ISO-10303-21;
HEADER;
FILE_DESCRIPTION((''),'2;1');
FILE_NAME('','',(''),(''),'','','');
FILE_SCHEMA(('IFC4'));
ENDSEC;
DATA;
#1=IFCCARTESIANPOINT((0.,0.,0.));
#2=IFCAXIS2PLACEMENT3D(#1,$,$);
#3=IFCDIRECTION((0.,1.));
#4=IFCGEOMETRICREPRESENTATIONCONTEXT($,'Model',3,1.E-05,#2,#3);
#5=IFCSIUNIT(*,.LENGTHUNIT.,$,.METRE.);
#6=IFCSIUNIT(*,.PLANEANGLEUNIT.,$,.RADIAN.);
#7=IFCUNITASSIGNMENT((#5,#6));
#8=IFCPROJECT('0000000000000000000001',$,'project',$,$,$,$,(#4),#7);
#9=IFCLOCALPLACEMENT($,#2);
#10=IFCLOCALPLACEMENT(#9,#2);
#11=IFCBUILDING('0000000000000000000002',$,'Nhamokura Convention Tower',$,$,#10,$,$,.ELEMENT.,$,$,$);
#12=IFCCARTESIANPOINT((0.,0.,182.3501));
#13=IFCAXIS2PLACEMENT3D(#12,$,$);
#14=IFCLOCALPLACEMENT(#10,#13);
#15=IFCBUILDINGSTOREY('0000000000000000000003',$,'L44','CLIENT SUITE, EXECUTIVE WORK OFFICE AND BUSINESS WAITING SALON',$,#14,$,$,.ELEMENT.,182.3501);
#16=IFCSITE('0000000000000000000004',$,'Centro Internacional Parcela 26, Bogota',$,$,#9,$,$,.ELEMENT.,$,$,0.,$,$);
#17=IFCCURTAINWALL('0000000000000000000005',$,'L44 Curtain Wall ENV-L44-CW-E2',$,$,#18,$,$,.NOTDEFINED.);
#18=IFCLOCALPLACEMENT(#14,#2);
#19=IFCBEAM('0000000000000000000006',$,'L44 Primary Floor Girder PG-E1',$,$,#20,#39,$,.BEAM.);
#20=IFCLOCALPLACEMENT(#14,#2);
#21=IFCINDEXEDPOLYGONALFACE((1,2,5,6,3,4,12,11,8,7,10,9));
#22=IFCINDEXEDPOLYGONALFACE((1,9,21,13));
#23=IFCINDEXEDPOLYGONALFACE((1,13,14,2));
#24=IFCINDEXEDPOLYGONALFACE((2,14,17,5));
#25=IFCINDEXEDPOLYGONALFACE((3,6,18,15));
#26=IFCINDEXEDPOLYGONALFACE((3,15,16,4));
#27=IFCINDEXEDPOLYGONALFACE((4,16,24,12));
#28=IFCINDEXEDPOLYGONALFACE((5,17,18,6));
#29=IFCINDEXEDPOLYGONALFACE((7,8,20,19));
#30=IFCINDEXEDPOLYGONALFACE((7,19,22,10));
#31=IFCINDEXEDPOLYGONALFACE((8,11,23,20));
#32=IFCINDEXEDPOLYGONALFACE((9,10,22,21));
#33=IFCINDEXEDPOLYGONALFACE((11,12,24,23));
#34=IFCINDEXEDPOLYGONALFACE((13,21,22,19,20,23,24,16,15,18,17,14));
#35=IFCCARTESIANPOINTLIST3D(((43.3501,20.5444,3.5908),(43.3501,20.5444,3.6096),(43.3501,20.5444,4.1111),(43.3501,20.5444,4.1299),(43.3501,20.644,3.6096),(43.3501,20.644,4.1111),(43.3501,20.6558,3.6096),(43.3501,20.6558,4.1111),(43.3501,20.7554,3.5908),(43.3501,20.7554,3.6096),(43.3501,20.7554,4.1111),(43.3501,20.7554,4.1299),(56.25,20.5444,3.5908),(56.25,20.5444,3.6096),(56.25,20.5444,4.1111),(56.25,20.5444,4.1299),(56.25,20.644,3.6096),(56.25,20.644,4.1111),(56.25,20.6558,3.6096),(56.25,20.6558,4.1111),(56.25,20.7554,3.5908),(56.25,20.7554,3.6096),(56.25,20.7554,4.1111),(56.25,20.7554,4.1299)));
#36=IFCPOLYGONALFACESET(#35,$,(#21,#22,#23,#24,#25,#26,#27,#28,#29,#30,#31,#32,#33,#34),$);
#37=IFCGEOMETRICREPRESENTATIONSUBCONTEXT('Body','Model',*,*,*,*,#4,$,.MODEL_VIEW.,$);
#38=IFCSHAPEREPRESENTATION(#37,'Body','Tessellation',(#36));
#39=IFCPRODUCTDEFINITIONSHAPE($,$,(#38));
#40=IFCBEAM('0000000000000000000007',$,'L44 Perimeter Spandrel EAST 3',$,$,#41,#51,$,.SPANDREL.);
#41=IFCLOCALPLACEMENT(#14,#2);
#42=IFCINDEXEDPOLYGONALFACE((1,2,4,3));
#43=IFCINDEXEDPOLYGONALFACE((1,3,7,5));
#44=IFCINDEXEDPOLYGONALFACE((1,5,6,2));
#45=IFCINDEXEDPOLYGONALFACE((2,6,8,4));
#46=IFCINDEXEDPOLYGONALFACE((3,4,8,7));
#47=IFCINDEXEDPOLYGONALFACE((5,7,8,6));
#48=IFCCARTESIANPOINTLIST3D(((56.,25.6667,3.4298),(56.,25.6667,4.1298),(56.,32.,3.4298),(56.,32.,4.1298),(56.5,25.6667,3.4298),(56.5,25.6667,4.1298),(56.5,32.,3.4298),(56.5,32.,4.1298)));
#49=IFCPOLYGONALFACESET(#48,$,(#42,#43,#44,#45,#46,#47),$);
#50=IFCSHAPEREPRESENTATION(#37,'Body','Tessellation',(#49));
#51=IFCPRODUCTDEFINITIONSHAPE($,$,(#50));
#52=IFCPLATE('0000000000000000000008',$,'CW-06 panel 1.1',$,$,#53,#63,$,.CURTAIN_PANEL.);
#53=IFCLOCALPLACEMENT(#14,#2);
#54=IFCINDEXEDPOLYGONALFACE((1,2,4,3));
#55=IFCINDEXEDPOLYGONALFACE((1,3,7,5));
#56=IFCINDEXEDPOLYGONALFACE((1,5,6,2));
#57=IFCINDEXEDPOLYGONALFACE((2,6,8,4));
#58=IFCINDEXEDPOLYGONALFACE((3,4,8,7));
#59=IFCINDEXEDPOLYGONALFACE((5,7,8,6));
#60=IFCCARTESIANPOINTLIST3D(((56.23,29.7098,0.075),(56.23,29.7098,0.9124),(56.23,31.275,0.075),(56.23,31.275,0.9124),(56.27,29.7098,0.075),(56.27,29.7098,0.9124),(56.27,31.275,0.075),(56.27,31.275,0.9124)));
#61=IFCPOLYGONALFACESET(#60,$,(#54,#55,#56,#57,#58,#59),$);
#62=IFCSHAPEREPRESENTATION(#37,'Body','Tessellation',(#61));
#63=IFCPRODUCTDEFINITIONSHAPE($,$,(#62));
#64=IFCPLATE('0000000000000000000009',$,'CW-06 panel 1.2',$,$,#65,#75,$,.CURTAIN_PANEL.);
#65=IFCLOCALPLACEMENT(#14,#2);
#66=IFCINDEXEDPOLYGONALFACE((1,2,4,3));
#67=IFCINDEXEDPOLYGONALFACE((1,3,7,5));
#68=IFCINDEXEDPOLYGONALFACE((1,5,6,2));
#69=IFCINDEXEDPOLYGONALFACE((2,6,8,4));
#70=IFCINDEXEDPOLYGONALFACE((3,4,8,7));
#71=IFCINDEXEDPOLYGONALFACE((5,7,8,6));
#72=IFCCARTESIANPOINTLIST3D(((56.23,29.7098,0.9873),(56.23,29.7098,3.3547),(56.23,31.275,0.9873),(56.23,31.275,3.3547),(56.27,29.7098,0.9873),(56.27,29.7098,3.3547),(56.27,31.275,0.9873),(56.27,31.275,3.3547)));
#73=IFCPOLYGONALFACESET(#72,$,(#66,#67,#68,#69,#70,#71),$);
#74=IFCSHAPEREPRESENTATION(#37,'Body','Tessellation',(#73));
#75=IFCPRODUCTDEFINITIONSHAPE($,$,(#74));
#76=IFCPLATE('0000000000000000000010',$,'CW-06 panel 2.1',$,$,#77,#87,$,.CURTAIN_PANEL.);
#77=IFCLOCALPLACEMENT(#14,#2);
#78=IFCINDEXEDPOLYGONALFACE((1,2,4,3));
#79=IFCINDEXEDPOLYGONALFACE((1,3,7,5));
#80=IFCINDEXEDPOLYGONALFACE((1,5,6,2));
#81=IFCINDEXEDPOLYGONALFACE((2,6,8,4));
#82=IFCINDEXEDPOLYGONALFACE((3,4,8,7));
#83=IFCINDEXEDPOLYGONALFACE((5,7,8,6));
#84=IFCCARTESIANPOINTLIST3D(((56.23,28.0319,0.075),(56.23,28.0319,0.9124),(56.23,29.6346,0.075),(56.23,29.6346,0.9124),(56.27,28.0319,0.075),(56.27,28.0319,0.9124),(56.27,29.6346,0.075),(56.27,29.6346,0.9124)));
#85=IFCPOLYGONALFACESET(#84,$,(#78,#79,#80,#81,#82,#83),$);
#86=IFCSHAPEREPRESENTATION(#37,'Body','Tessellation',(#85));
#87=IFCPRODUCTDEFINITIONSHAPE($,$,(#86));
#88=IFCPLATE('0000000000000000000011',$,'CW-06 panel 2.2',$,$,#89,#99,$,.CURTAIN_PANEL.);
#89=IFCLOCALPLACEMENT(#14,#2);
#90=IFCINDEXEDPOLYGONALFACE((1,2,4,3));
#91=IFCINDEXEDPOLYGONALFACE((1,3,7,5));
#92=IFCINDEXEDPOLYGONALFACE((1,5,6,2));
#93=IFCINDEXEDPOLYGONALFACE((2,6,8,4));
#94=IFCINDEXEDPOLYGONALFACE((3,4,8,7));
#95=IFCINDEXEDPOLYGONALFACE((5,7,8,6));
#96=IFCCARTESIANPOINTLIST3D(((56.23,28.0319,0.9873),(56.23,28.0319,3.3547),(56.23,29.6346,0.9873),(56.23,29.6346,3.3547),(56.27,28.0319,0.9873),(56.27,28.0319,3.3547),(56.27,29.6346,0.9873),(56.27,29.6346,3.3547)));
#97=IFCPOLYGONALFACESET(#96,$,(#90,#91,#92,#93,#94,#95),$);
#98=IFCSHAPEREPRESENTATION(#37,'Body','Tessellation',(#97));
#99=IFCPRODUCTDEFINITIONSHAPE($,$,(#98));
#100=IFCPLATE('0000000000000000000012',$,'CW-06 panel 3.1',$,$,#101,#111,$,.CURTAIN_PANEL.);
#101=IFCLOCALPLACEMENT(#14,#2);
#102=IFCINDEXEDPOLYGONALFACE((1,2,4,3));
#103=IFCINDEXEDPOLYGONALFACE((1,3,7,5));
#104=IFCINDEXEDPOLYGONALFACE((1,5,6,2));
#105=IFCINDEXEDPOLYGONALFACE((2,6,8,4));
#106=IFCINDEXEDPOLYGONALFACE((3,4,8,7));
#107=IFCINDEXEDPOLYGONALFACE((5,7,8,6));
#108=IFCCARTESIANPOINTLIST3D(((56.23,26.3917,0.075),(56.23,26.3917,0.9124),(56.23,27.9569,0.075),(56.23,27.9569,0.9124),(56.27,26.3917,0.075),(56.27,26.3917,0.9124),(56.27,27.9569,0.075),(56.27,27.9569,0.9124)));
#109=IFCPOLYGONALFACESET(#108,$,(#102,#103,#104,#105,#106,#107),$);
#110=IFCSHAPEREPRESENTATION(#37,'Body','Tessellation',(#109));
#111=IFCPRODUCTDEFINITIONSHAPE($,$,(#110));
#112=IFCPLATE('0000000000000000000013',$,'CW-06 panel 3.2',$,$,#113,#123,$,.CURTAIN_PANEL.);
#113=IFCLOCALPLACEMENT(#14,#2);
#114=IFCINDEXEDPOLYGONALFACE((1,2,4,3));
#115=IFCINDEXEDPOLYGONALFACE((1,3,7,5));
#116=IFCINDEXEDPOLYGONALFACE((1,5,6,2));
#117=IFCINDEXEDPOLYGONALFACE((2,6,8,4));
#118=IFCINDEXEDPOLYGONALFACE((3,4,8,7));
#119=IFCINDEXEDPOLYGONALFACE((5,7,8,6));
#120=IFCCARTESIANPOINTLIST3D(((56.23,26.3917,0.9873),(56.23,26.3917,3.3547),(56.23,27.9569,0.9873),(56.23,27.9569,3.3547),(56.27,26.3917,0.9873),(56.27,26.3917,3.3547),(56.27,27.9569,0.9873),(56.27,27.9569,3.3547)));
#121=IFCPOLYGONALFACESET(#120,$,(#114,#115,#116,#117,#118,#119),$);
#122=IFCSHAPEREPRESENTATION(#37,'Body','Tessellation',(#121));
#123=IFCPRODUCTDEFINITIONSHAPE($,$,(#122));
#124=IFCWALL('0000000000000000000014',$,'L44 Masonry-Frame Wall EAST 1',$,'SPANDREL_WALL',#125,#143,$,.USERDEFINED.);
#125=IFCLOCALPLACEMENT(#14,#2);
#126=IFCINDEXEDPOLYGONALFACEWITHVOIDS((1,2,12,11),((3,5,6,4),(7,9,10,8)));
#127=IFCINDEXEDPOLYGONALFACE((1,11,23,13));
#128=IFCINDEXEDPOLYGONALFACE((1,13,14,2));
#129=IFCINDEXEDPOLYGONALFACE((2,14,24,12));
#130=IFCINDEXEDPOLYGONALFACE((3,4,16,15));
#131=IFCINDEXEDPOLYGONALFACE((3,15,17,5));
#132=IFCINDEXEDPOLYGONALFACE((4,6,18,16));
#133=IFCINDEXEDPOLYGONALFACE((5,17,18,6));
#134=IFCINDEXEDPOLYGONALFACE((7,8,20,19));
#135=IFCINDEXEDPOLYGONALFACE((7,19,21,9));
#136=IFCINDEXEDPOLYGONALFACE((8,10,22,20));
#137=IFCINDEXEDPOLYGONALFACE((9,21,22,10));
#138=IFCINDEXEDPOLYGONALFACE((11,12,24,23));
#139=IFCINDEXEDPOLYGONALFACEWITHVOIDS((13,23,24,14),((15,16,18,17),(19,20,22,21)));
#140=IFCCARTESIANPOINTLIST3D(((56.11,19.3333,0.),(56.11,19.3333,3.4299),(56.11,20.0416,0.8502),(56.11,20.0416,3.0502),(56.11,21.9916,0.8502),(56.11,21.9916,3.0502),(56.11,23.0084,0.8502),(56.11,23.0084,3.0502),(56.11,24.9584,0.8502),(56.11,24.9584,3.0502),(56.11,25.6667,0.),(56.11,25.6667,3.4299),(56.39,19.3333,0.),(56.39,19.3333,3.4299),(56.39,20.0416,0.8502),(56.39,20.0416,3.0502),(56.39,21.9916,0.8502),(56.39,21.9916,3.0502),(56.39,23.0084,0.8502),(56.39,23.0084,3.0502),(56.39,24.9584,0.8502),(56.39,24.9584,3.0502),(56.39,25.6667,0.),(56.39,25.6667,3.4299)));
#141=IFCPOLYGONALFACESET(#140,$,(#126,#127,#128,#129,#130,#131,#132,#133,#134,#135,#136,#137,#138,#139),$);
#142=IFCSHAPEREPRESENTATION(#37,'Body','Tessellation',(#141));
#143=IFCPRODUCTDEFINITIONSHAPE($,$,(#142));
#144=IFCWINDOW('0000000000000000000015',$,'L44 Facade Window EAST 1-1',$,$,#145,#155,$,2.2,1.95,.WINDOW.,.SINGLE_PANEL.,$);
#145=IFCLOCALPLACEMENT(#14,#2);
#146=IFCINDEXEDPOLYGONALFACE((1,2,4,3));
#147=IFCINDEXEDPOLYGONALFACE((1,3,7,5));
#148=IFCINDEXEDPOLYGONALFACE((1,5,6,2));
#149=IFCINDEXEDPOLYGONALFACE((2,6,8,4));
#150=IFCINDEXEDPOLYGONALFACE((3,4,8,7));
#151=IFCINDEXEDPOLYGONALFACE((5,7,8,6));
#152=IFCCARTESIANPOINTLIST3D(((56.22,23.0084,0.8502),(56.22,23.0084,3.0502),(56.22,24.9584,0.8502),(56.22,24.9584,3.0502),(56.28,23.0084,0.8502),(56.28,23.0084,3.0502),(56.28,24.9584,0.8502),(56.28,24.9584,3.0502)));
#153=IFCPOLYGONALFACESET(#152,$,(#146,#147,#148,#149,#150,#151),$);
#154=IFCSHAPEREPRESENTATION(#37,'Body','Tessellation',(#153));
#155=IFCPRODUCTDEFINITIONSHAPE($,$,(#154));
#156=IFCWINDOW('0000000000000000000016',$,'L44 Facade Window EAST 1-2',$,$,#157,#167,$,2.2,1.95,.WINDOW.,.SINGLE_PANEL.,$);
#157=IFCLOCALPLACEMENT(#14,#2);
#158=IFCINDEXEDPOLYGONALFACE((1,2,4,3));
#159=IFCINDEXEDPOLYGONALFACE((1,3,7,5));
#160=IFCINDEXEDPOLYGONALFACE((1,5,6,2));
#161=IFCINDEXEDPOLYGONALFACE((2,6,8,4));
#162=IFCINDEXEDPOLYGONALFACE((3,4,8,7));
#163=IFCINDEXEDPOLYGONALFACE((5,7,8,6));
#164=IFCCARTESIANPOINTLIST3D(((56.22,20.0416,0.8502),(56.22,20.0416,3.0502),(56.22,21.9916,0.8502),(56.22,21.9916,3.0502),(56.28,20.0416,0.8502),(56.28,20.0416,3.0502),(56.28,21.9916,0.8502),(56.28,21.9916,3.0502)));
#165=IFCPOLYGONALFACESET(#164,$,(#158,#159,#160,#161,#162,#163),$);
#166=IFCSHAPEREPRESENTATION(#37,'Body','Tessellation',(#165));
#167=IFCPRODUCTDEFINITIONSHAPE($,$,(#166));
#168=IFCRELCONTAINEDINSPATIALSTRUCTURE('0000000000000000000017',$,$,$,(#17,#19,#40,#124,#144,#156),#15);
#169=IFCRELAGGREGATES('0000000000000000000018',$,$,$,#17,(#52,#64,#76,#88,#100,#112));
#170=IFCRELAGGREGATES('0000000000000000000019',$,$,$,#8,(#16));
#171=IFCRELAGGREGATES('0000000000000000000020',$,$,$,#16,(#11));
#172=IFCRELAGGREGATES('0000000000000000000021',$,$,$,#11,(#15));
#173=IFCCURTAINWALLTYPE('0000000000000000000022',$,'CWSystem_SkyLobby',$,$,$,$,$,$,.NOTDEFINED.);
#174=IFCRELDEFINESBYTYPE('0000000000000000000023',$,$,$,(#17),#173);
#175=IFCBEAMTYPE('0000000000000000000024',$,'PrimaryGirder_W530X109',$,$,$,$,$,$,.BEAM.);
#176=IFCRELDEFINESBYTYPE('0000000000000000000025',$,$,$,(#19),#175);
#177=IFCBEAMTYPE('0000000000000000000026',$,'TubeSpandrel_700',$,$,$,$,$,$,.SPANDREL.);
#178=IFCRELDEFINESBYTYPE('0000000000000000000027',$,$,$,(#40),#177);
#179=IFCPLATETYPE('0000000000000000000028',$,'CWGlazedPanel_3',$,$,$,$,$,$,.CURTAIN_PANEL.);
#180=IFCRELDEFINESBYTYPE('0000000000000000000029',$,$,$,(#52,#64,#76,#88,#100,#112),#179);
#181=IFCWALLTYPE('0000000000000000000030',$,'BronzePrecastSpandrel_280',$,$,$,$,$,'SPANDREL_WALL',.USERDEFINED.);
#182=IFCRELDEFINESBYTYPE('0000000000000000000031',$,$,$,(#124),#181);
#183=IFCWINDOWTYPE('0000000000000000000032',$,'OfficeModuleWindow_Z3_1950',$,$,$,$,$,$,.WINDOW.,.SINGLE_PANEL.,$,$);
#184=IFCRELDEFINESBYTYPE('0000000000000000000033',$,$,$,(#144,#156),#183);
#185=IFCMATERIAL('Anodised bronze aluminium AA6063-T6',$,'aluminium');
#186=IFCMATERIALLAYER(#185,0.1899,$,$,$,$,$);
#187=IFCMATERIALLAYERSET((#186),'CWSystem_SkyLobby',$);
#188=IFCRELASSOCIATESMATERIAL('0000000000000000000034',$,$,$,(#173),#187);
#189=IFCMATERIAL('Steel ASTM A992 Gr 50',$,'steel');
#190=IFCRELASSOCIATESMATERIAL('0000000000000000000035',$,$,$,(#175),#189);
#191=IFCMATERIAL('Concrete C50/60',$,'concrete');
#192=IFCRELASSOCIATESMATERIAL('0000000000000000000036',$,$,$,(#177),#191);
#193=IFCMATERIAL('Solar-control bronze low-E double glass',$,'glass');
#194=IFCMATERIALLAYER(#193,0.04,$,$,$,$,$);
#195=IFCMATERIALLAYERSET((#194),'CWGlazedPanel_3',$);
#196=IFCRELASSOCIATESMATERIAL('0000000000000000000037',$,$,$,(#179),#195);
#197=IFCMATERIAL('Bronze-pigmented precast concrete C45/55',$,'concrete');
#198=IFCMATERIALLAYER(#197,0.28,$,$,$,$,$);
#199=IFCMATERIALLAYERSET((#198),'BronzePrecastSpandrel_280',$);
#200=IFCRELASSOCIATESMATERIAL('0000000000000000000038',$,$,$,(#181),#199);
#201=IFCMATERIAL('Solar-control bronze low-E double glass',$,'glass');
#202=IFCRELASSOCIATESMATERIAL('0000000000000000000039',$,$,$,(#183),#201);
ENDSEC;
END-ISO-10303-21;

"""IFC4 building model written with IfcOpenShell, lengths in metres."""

from ifc_helpers import new_model, si_unit, direction, frame, frame_2d, origin, origin_2d, place, context, subcontext, project, spatial, rectangle, i_section, extrude, material, layer, layer_set, material_profile, profile_set, type_object, element, fill, aggregate, save


model = new_model("IFC4")

# Units and contexts
model_context = context("Model", 3, precision=1e-05, world=origin(), true_north=direction((0.0, 1.0)))
body_context = subcontext(model_context, "Body", "Model", "MODEL_VIEW")
ifc_project = project(units=[si_unit("LENGTHUNIT", "METRE"), si_unit("PLANEANGLEUNIT", "RADIAN")], contexts=[model_context])

# Site, building, storey
site_placement = place(None, origin())
site = spatial("IfcSite", under=ifc_project, at=site_placement, Name="Centro Internacional Parcela 26, Bogota", CompositionType="ELEMENT", RefElevation=0.0)
building_placement = place(site_placement, origin())
building = spatial("IfcBuilding", under=site, at=building_placement, Name="Nhamokura Convention Tower", CompositionType="ELEMENT")
storey_placement = place(building_placement, frame((0.0, 0.0, 182.3501)))
storey = spatial("IfcBuildingStorey", under=building, at=storey_placement, Name="L44", Description="CLIENT SUITE, EXECUTIVE WORK OFFICE AND BUSINESS WAITING SALON", CompositionType="ELEMENT", Elevation=182.3501)

# Curtain wall
ifc_material_1 = material(Name="Anodised bronze aluminium AA6063-T6", Category="aluminium")
ifc_layer_1 = layer(ifc_material_1, 0.1899)
ifc_layer_set_1 = layer_set([ifc_layer_1], Name="CWSystem_SkyLobby")
curtain_wall_type = type_object("IfcCurtainWallType", Name="CWSystem_SkyLobby", PredefinedType="NOTDEFINED", material=ifc_layer_set_1)
curtain_wall_placement = place(storey_placement, origin())
curtain_wall = element("IfcCurtainWall", 1, at=curtain_wall_placement, inside=storey, type_object=curtain_wall_type, Name="L44 Curtain Wall ENV-L44-CW-E2", PredefinedType="NOTDEFINED")

# Beams
ifc_material_2 = material(Name="Steel ASTM A992 Gr 50", Category="steel")
ifc_material_profile_1 = material_profile(ifc_material_2, i_section(OverallWidth=0.2109, OverallDepth=0.5391, WebThickness=0.0117, FlangeThickness=0.0188, at=origin_2d()))
ifc_profile_set_1 = profile_set([ifc_material_profile_1], Name="Steel ASTM A992 Gr 50")
beam_type_1 = type_object("IfcBeamType", Name="PrimaryGirder_W530X109", PredefinedType="BEAM", material=ifc_profile_set_1)
beam_1_placement = place(storey_placement, frame((43.3501, 20.6499, 3.8604), z_axis=(1.0, 0.0, 0.0), x_axis=(0.0, 1.0, 0.0)))
element("IfcBeam", 2, at=beam_1_placement, inside=storey, type_object=beam_type_1, Name="L44 Primary Floor Girder PG-E1", PredefinedType="BEAM", context=body_context, shape_type="SweptSolid", body=[
    extrude(i_section(OverallWidth=0.2109, OverallDepth=0.5391, WebThickness=0.0117, FlangeThickness=0.0188, at=origin_2d()), origin(), (0.0, 0.0, 1.0), 12.8999),
])
ifc_material_3 = material(Name="Concrete C50/60", Category="concrete")
ifc_material_profile_2 = material_profile(ifc_material_3, rectangle(XDim=0.5, YDim=0.7, at=origin_2d()))
ifc_profile_set_2 = profile_set([ifc_material_profile_2], Name="Concrete C50/60")
beam_type_2 = type_object("IfcBeamType", Name="TubeSpandrel_700", PredefinedType="SPANDREL", material=ifc_profile_set_2)
beam_2_placement = place(storey_placement, frame((56.25, 25.6667, 3.7798), z_axis=(0.0, 1.0, 0.0), x_axis=(-1.0, 0.0, 0.0)))
element("IfcBeam", 3, at=beam_2_placement, inside=storey, type_object=beam_type_2, Name="L44 Perimeter Spandrel EAST 3", PredefinedType="SPANDREL", context=body_context, shape_type="SweptSolid", body=[
    extrude(rectangle(XDim=0.5, YDim=0.7, at=origin_2d()), origin(), (0.0, 0.0, 1.0), 6.3333),
])

# Plates
ifc_material_4 = material(Name="Solar-control bronze low-E double glass", Category="glass")
ifc_layer_2 = layer(ifc_material_4, 0.04)
ifc_layer_set_2 = layer_set([ifc_layer_2], Name="CWGlazedPanel_3")
plate_type = type_object("IfcPlateType", Name="CWGlazedPanel_3", PredefinedType="CURTAIN_PANEL", material=ifc_layer_set_2)
plate_1_placement = place(storey_placement, frame((56.25, 30.4924, 0.075), z_axis=(0.0, 0.0, 1.0), x_axis=(0.0, -1.0, 0.0)))
plate_1 = element("IfcPlate", 4, at=plate_1_placement, type_object=plate_type, Name="CW-06 panel 1.1", PredefinedType="CURTAIN_PANEL", context=body_context, shape_type="SweptSolid", body=[
    extrude(rectangle(XDim=1.5652, YDim=0.04, at=origin_2d()), origin(), (0.0, 0.0, 1.0), 0.8374),
])
plate_2_placement = place(storey_placement, frame((56.25, 30.4924, 0.9873), z_axis=(0.0, 0.0, 1.0), x_axis=(0.0, -1.0, 0.0)))
plate_2 = element("IfcPlate", 5, at=plate_2_placement, type_object=plate_type, Name="CW-06 panel 1.2", PredefinedType="CURTAIN_PANEL", context=body_context, shape_type="SweptSolid", body=[
    extrude(rectangle(XDim=1.5652, YDim=0.04, at=origin_2d()), origin(), (0.0, 0.0, 1.0), 2.3674),
])
plate_3_placement = place(storey_placement, frame((56.25, 28.8333, 0.075), z_axis=(0.0, 0.0, 1.0), x_axis=(0.0, -1.0, 0.0)))
plate_3 = element("IfcPlate", 6, at=plate_3_placement, type_object=plate_type, Name="CW-06 panel 2.1", PredefinedType="CURTAIN_PANEL", context=body_context, shape_type="SweptSolid", body=[
    extrude(rectangle(XDim=1.6028, YDim=0.04, at=origin_2d()), origin(), (0.0, 0.0, 1.0), 0.8374),
])
plate_4_placement = place(storey_placement, frame((56.25, 28.8333, 0.9873), z_axis=(0.0, 0.0, 1.0), x_axis=(0.0, -1.0, 0.0)))
plate_4 = element("IfcPlate", 7, at=plate_4_placement, type_object=plate_type, Name="CW-06 panel 2.2", PredefinedType="CURTAIN_PANEL", context=body_context, shape_type="SweptSolid", body=[
    extrude(rectangle(XDim=1.6028, YDim=0.04, at=origin_2d()), origin(), (0.0, 0.0, 1.0), 2.3674),
])
plate_5_placement = place(storey_placement, frame((56.25, 27.1743, 0.075), z_axis=(0.0, 0.0, 1.0), x_axis=(0.0, -1.0, 0.0)))
plate_5 = element("IfcPlate", 8, at=plate_5_placement, type_object=plate_type, Name="CW-06 panel 3.1", PredefinedType="CURTAIN_PANEL", context=body_context, shape_type="SweptSolid", body=[
    extrude(rectangle(XDim=1.5652, YDim=0.04, at=origin_2d()), origin(), (0.0, 0.0, 1.0), 0.8374),
])
plate_6_placement = place(storey_placement, frame((56.25, 27.1743, 0.9873), z_axis=(0.0, 0.0, 1.0), x_axis=(0.0, -1.0, 0.0)))
plate_6 = element("IfcPlate", 9, at=plate_6_placement, type_object=plate_type, Name="CW-06 panel 3.2", PredefinedType="CURTAIN_PANEL", context=body_context, shape_type="SweptSolid", body=[
    extrude(rectangle(XDim=1.5652, YDim=0.04, at=origin_2d()), origin(), (0.0, 0.0, 1.0), 2.3674),
])
aggregate(curtain_wall, [plate_1, plate_2, plate_3, plate_4, plate_5, plate_6])

# Wall, openings, windows
ifc_material_5 = material(Name="Bronze-pigmented precast concrete C45/55", Category="concrete")
ifc_layer_3 = layer(ifc_material_5, 0.28)
ifc_layer_set_3 = layer_set([ifc_layer_3], Name="BronzePrecastSpandrel_280")
wall_type_1 = type_object("IfcWallType", Name="BronzePrecastSpandrel_280", ElementType="SPANDREL_WALL", PredefinedType="USERDEFINED", material=ifc_layer_set_3)
wall_1_placement = place(storey_placement, frame((56.25, 25.6667, 0.0), z_axis=(0.0, 0.0, 1.0), x_axis=(0.0, -1.0, 0.0)))
wall_1 = element("IfcWall", 10, at=wall_1_placement, inside=storey, type_object=wall_type_1, Name="L44 Masonry-Frame Wall EAST 1", ObjectType="SPANDREL_WALL", PredefinedType="USERDEFINED", context=body_context, shape_type="SweptSolid", body=[
    extrude(rectangle(XDim=6.3335, YDim=0.28, at=frame_2d((3.1667, 0.0))), origin(), (0.0, 0.0, 1.0), 3.4299),
])
opening_1_placement = place(wall_1_placement, frame((0.7083, 0.0, 0.8501)))
opening_1 = element("IfcOpeningElement", 11, at=opening_1_placement, cuts=wall_1, PredefinedType="OPENING", context=body_context, shape_type="SweptSolid", body=[
    extrude(rectangle(XDim=1.95, YDim=2.2, at=frame_2d((0.9751, 1.1001))), frame((0.0, 0.1499, 0.0), z_axis=(0.0, -1.0, 0.0), x_axis=(1.0, 0.0, 0.0)), (0.0, 0.0, 1.0), 0.3),
])
opening_2_placement = place(wall_1_placement, frame((3.675, 0.0, 0.8501)))
opening_2 = element("IfcOpeningElement", 12, at=opening_2_placement, cuts=wall_1, PredefinedType="OPENING", context=body_context, shape_type="SweptSolid", body=[
    extrude(rectangle(XDim=1.95, YDim=2.2, at=frame_2d((0.9751, 1.1001))), frame((0.0, 0.1499, 0.0), z_axis=(0.0, -1.0, 0.0), x_axis=(1.0, 0.0, 0.0)), (0.0, 0.0, 1.0), 0.3),
])
ifc_material_6 = material(Name="Solar-control bronze low-E double glass", Category="glass")
window_type = type_object("IfcWindowType", Name="OfficeModuleWindow_Z3_1950", PartitioningType="SINGLE_PANEL", PredefinedType="WINDOW", material=ifc_material_6)
window_1_placement = place(opening_1_placement, origin())
window_1 = element("IfcWindow", 13, at=window_1_placement, inside=storey, type_object=window_type, Name="L44 Facade Window EAST 1-1", OverallHeight=2.2, OverallWidth=1.95, PartitioningType="SINGLE_PANEL", PredefinedType="WINDOW", context=body_context, shape_type="SweptSolid", body=[
    extrude(rectangle(XDim=1.95, YDim=2.2, at=frame_2d((0.9751, 1.1001))), frame((0.0, 0.03, 0.0), z_axis=(0.0, -1.0, 0.0), x_axis=(1.0, 0.0, 0.0)), (0.0, 0.0, 1.0), 0.0601),
])
fill(opening_1, window_1)
window_2_placement = place(opening_2_placement, origin())
window_2 = element("IfcWindow", 14, at=window_2_placement, inside=storey, type_object=window_type, Name="L44 Facade Window EAST 1-2", OverallHeight=2.2, OverallWidth=1.95, PartitioningType="SINGLE_PANEL", PredefinedType="WINDOW", context=body_context, shape_type="SweptSolid", body=[
    extrude(rectangle(XDim=1.95, YDim=2.2, at=frame_2d((0.9751, 1.1001))), frame((0.0, 0.03, 0.0), z_axis=(0.0, -1.0, 0.0), x_axis=(1.0, 0.0, 0.0)), (0.0, 0.0, 1.0), 0.0601),
])
fill(opening_2, window_2)

save(model, "model.ifc")
